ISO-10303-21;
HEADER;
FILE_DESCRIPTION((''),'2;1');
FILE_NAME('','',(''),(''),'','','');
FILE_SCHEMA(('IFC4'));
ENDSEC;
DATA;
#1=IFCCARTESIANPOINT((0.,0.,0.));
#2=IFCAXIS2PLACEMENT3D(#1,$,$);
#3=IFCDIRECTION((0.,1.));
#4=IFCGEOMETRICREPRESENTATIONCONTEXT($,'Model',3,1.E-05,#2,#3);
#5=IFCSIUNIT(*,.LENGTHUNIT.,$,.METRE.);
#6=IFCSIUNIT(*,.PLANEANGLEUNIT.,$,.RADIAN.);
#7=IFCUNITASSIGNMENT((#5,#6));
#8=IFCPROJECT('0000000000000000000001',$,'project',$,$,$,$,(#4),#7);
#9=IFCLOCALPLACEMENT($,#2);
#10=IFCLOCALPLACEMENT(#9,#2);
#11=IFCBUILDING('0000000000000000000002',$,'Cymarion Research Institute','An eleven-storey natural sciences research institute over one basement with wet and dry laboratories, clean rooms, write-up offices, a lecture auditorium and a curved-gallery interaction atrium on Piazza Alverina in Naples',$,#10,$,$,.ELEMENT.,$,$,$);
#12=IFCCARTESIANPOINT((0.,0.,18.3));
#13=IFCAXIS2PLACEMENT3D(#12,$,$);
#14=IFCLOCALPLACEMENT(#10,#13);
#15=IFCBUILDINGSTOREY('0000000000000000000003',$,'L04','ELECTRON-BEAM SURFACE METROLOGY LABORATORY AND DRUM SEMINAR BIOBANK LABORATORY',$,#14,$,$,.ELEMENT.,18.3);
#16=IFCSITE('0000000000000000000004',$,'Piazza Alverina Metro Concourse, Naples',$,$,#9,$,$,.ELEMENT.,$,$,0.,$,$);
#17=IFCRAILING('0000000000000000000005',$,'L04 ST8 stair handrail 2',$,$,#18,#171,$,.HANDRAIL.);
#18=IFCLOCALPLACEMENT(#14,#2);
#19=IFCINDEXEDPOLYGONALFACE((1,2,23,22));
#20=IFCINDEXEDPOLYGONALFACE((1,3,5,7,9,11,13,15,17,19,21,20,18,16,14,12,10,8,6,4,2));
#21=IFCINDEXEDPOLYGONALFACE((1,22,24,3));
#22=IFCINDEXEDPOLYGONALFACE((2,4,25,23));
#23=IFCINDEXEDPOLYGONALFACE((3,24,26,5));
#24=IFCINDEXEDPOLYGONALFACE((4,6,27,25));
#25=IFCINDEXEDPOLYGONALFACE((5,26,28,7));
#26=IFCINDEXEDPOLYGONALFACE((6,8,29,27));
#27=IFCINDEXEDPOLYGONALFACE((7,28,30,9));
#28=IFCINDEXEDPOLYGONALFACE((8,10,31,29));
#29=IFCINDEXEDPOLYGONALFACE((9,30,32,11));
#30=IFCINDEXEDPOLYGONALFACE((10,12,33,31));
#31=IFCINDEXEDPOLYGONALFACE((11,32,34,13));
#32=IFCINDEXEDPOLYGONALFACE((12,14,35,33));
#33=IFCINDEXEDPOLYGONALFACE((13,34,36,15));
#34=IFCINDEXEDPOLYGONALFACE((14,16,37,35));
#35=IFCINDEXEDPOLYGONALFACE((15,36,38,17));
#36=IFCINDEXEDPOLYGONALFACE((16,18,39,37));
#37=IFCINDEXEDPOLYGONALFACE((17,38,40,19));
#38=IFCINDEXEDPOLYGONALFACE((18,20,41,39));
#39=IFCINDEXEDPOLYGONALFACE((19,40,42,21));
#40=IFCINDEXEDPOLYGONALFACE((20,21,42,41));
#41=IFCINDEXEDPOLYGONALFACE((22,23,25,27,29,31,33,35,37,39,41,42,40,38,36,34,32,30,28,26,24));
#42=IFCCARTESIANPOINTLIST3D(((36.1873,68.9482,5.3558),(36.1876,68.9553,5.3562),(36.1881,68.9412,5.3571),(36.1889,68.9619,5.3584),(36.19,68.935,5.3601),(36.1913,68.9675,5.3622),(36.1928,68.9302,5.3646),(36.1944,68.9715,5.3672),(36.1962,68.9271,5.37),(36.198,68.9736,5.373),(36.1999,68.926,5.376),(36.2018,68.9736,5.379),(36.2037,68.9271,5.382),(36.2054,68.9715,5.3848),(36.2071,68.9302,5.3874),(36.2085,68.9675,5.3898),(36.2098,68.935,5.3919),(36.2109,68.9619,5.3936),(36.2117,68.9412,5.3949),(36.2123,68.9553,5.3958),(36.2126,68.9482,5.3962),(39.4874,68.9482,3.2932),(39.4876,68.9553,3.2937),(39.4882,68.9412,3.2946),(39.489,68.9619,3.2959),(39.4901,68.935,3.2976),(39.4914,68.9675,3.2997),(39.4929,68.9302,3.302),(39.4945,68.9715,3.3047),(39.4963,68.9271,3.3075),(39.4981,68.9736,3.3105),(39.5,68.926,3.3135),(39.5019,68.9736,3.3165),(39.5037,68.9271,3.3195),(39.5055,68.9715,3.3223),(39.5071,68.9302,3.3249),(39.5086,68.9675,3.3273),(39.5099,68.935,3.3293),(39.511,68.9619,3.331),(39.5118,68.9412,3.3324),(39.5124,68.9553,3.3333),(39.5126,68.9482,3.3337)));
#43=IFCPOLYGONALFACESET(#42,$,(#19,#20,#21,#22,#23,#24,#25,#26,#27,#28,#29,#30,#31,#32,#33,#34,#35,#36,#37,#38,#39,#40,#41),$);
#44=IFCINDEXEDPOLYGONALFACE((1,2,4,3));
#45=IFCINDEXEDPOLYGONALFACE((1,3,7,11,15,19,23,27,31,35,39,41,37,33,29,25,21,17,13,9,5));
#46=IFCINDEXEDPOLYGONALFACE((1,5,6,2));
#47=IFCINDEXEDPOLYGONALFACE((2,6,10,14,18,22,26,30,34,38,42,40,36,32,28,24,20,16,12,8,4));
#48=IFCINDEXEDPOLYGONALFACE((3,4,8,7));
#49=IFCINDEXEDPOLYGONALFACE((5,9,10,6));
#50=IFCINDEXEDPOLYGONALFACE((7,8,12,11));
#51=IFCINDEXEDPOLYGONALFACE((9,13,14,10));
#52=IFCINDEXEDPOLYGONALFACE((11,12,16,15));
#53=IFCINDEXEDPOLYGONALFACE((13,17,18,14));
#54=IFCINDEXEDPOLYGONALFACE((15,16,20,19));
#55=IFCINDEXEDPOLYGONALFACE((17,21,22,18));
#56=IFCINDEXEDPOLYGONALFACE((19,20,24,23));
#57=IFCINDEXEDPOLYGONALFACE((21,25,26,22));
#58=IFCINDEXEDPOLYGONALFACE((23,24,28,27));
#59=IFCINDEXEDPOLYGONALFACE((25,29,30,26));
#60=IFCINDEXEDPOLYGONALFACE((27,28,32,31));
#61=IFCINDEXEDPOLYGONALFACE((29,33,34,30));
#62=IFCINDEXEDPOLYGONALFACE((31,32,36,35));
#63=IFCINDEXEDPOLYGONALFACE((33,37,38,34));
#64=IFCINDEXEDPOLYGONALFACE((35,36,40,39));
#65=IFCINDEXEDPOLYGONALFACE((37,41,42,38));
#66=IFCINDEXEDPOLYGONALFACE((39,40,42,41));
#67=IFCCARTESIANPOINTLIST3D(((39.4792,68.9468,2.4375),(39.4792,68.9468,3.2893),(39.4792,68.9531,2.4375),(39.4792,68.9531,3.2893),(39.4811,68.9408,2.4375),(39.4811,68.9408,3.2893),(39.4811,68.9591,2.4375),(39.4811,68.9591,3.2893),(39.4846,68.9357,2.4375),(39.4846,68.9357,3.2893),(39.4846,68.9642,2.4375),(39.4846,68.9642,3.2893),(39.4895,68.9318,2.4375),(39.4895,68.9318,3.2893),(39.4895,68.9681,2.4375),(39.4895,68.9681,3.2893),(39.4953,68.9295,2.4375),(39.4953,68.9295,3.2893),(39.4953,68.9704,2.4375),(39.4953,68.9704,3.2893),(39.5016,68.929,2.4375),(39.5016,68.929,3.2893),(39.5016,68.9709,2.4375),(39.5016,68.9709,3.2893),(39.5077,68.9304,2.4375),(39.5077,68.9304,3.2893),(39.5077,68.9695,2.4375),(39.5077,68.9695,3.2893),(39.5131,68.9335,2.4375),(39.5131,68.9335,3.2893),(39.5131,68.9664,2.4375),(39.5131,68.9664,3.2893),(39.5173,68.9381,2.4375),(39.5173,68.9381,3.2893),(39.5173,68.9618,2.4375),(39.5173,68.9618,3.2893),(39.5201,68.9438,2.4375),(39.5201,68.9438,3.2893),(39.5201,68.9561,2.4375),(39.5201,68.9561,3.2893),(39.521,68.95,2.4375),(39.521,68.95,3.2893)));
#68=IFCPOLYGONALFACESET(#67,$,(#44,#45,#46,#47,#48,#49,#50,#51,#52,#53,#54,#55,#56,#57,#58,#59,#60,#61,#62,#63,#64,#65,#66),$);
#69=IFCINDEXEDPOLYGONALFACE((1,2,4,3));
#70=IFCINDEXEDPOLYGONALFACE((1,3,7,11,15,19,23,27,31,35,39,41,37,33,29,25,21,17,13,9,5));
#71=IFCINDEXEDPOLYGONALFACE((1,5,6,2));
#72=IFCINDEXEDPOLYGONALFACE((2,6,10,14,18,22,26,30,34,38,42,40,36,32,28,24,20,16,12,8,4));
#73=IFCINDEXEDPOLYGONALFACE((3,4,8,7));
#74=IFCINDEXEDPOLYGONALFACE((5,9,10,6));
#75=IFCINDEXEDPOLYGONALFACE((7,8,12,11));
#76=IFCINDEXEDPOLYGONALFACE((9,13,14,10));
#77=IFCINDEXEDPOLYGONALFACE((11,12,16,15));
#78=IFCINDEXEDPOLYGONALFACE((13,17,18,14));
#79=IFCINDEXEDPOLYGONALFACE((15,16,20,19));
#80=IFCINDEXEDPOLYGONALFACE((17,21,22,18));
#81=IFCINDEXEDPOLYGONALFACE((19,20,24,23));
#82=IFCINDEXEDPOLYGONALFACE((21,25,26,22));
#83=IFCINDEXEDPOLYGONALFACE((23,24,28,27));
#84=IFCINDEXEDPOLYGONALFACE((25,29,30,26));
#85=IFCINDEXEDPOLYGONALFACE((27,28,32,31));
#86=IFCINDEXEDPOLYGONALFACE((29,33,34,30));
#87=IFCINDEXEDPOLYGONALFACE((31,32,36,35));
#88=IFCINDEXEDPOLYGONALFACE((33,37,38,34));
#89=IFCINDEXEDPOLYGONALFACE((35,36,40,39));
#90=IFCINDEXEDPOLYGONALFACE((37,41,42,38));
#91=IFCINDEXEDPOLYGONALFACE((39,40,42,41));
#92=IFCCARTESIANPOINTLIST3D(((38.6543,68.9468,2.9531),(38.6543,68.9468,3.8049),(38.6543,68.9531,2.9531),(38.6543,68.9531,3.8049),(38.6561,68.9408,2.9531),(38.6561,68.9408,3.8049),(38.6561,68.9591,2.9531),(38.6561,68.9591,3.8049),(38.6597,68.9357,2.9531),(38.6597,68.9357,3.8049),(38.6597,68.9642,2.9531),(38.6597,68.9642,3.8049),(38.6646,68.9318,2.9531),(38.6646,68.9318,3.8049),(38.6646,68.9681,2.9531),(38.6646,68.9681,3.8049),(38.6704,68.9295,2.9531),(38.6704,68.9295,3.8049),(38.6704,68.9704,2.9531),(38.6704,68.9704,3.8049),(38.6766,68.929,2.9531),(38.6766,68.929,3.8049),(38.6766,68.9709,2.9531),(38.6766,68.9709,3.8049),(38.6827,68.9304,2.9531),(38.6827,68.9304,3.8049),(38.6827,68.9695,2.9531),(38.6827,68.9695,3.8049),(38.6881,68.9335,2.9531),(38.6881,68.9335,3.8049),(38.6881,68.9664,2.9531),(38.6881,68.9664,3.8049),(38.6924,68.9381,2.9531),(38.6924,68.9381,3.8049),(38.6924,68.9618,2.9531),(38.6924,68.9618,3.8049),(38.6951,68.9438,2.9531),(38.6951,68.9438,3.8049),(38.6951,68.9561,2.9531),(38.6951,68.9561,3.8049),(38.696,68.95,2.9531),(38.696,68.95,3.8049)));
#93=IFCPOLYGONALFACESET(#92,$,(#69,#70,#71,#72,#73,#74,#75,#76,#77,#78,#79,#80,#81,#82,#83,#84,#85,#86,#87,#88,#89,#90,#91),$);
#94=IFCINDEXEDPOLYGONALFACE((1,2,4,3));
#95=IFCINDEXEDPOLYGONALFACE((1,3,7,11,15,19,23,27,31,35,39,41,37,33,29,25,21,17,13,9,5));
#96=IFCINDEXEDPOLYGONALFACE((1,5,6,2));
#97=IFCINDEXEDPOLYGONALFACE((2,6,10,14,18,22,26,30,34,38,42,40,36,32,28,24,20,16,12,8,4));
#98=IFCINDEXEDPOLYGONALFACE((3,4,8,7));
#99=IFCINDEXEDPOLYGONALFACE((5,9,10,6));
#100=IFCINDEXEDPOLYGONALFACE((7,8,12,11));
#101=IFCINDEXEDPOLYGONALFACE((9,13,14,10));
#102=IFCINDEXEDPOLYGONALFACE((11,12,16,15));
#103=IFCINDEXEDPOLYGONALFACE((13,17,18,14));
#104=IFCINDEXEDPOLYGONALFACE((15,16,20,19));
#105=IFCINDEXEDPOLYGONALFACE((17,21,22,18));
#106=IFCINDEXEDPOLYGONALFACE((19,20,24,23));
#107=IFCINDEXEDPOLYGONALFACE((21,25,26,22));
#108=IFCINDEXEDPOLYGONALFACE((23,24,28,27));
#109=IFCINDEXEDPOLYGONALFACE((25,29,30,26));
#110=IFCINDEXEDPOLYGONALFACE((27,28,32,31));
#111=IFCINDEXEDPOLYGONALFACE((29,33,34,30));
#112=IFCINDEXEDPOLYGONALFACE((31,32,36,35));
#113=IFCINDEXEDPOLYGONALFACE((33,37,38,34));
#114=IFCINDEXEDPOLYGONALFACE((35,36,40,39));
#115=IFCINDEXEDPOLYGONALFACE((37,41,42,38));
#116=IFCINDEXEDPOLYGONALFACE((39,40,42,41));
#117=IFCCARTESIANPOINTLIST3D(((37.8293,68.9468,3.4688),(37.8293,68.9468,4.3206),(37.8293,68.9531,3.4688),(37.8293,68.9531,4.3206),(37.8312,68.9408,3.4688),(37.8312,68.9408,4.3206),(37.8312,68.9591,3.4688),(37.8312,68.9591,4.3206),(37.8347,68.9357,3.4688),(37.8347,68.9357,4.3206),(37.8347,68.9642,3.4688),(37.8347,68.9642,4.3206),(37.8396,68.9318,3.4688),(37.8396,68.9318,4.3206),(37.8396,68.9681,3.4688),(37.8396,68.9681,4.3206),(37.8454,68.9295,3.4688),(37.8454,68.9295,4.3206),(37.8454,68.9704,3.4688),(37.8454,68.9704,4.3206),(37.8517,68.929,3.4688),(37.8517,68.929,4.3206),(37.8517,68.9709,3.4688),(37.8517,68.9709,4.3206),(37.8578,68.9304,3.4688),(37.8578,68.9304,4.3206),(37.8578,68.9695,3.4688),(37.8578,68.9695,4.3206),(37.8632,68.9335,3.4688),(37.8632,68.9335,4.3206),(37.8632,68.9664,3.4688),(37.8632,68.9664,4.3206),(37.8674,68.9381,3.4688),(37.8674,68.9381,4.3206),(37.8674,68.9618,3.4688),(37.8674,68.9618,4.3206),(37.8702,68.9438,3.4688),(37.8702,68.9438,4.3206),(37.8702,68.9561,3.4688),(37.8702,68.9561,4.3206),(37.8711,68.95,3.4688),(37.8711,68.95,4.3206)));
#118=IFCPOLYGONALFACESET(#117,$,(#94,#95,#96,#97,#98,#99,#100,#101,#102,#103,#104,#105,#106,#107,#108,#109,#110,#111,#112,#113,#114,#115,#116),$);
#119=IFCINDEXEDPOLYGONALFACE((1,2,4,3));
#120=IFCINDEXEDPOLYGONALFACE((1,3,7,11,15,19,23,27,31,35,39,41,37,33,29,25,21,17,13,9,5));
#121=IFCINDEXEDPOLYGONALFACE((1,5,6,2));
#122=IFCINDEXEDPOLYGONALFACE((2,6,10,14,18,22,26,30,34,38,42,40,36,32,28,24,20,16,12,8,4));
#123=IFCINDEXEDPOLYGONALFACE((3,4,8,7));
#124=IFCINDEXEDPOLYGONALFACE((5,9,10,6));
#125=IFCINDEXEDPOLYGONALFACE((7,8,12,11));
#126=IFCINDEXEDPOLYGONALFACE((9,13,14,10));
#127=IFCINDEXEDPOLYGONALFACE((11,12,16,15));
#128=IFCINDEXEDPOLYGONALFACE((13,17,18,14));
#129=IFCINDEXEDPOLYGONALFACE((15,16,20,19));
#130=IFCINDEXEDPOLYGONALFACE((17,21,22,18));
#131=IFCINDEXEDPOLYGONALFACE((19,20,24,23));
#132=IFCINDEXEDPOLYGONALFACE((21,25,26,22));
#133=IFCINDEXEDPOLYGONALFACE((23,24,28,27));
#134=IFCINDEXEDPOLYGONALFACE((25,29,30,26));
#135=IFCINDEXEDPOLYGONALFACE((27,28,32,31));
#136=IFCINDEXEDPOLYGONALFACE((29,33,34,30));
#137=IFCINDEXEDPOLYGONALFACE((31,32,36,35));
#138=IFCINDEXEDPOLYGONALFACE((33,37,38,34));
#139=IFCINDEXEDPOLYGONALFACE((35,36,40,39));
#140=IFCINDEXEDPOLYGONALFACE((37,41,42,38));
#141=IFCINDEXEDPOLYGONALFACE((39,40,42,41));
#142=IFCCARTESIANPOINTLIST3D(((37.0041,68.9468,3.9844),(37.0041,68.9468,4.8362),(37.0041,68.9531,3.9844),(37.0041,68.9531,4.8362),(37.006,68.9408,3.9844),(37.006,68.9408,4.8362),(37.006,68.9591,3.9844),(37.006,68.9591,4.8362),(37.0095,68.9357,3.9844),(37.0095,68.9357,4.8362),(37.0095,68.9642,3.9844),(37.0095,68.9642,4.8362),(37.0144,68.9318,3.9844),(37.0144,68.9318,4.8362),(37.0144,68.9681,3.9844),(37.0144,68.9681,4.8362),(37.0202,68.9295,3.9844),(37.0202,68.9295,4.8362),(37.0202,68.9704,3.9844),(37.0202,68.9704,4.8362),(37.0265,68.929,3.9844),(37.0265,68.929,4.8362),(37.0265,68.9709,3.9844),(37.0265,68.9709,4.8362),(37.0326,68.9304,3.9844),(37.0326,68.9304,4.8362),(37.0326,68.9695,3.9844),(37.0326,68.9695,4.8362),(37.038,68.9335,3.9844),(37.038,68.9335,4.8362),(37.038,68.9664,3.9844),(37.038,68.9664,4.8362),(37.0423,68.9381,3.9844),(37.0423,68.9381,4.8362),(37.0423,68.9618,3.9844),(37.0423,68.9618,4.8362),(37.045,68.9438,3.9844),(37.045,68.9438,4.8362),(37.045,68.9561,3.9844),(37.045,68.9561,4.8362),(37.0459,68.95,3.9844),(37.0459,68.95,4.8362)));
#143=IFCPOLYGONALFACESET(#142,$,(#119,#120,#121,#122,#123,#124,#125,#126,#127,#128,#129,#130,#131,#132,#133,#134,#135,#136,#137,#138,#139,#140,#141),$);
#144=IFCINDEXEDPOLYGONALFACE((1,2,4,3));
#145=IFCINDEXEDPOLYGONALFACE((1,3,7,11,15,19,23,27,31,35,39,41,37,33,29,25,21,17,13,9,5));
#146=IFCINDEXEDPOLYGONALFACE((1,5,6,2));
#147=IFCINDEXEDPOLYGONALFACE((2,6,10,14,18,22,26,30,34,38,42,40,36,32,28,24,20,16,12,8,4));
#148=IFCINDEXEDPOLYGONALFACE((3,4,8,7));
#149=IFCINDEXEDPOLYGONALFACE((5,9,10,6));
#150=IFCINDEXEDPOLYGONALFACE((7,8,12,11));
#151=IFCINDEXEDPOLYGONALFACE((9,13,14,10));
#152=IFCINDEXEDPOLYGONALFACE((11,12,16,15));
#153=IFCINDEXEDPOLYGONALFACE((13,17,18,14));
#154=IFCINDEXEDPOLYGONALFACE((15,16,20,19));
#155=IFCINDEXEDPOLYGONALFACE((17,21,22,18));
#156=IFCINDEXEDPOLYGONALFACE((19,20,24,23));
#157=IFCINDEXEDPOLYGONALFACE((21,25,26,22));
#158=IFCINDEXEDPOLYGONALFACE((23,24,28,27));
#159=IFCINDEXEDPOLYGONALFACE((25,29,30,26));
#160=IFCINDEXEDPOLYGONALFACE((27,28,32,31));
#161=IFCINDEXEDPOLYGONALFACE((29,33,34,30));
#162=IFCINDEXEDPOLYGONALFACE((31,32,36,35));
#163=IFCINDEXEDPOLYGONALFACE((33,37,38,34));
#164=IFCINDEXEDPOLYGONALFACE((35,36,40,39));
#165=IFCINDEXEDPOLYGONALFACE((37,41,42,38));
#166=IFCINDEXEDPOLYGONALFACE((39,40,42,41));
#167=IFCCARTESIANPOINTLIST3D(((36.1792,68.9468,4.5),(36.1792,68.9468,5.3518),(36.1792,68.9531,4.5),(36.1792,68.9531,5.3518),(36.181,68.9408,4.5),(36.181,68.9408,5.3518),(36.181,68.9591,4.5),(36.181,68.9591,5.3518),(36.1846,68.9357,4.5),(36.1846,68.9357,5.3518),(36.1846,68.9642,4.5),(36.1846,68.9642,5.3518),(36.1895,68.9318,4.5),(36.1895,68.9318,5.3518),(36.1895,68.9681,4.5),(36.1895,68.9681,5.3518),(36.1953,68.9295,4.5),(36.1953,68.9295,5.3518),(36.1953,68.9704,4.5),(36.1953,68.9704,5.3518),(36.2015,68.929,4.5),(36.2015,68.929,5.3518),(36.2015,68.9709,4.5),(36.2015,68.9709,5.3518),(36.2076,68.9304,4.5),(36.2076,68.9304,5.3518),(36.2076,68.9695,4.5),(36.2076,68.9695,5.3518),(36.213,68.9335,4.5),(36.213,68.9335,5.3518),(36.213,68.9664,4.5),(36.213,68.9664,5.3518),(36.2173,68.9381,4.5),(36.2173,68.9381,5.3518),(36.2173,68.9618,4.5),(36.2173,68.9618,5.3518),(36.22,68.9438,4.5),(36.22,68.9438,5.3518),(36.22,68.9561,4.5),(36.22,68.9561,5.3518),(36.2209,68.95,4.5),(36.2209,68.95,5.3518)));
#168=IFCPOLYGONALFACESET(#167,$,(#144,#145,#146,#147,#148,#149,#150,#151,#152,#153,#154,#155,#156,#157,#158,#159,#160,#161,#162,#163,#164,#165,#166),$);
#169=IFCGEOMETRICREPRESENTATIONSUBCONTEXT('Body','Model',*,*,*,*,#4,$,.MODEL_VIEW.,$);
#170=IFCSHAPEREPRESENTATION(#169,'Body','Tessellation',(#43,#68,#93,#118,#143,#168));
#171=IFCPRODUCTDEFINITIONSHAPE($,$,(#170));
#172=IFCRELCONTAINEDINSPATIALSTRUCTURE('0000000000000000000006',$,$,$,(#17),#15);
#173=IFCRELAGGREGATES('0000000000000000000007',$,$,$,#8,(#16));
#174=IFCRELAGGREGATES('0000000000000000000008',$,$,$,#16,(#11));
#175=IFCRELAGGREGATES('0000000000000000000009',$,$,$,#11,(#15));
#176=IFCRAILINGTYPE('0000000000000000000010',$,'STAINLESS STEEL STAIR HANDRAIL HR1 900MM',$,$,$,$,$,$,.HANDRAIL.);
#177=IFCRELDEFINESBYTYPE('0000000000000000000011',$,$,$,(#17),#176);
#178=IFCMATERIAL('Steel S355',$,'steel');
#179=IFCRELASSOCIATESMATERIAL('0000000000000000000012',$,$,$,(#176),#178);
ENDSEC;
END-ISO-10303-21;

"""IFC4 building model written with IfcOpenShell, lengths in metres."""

from ifc_helpers import new_model, si_unit, direction, frame, origin, origin_2d, place, context, subcontext, project, spatial, circle, extrude, material, type_object, element, save


model = new_model("IFC4")

# Units and contexts
model_context = context("Model", 3, precision=1e-05, world=origin(), true_north=direction((0.0, 1.0)))
body_context = subcontext(model_context, "Body", "Model", "MODEL_VIEW")
ifc_project = project(units=[si_unit("LENGTHUNIT", "METRE"), si_unit("PLANEANGLEUNIT", "RADIAN")], contexts=[model_context])

# Site, building, storey
site_placement = place(None, origin())
site = spatial("IfcSite", under=ifc_project, at=site_placement, Name="Piazza Alverina Metro Concourse, Naples", CompositionType="ELEMENT", RefElevation=0.0)
building_placement = place(site_placement, origin())
building = spatial("IfcBuilding", under=site, at=building_placement, Name="Cymarion Research Institute", Description="An eleven-storey natural sciences research institute over one basement with wet and dry laboratories, clean rooms, write-up offices, a lecture auditorium and a curved-gallery interaction atrium on Piazza Alverina in Naples", CompositionType="ELEMENT")
storey_placement = place(building_placement, frame((0.0, 0.0, 18.3)))
storey = spatial("IfcBuildingStorey", under=building, at=storey_placement, Name="L04", Description="ELECTRON-BEAM SURFACE METROLOGY LABORATORY AND DRUM SEMINAR BIOBANK LABORATORY", CompositionType="ELEMENT", Elevation=18.3)

# Shared definitions
ifc_material_1 = material(Name="Steel S355", Category="steel")

# Railing
railing_type_1 = type_object("IfcRailingType", Name="STAINLESS STEEL STAIR HANDRAIL HR1 900MM", PredefinedType="HANDRAIL", material=ifc_material_1)
railing_1_placement = place(storey_placement, frame((39.5, 68.95, 2.4375)))
element("IfcRailing", 1, at=railing_1_placement, inside=storey, type_object=railing_type_1, Name="L04 ST8 stair handrail 2", PredefinedType="HANDRAIL", context=body_context, shape_type="SweptSolid", body=[
    extrude(circle(Radius=0.0239, at=origin_2d()), frame((0.0, 0.0, 0.876), z_axis=(-0.848002, 0.0, 0.529993), x_axis=(0.0, -1.0, 0.0)), (0.0, 0.0, 1.0), 3.8916),
    extrude(circle(Radius=0.021, at=origin_2d()), origin(), (0.0, 0.0, 1.0), 0.8518),
    extrude(circle(Radius=0.021, at=origin_2d()), frame((-0.825, 0.0, 0.5156)), (0.0, 0.0, 1.0), 0.8518),
    extrude(circle(Radius=0.021, at=origin_2d()), frame((-1.6499, 0.0, 1.0312)), (0.0, 0.0, 1.0), 0.8518),
    extrude(circle(Radius=0.021, at=origin_2d()), frame((-2.4751, 0.0, 1.5469)), (0.0, 0.0, 1.0), 0.8518),
    extrude(circle(Radius=0.021, at=origin_2d()), frame((-3.3, 0.0, 2.0625)), (0.0, 0.0, 1.0), 0.8518),
])

save(model, "model.ifc")
